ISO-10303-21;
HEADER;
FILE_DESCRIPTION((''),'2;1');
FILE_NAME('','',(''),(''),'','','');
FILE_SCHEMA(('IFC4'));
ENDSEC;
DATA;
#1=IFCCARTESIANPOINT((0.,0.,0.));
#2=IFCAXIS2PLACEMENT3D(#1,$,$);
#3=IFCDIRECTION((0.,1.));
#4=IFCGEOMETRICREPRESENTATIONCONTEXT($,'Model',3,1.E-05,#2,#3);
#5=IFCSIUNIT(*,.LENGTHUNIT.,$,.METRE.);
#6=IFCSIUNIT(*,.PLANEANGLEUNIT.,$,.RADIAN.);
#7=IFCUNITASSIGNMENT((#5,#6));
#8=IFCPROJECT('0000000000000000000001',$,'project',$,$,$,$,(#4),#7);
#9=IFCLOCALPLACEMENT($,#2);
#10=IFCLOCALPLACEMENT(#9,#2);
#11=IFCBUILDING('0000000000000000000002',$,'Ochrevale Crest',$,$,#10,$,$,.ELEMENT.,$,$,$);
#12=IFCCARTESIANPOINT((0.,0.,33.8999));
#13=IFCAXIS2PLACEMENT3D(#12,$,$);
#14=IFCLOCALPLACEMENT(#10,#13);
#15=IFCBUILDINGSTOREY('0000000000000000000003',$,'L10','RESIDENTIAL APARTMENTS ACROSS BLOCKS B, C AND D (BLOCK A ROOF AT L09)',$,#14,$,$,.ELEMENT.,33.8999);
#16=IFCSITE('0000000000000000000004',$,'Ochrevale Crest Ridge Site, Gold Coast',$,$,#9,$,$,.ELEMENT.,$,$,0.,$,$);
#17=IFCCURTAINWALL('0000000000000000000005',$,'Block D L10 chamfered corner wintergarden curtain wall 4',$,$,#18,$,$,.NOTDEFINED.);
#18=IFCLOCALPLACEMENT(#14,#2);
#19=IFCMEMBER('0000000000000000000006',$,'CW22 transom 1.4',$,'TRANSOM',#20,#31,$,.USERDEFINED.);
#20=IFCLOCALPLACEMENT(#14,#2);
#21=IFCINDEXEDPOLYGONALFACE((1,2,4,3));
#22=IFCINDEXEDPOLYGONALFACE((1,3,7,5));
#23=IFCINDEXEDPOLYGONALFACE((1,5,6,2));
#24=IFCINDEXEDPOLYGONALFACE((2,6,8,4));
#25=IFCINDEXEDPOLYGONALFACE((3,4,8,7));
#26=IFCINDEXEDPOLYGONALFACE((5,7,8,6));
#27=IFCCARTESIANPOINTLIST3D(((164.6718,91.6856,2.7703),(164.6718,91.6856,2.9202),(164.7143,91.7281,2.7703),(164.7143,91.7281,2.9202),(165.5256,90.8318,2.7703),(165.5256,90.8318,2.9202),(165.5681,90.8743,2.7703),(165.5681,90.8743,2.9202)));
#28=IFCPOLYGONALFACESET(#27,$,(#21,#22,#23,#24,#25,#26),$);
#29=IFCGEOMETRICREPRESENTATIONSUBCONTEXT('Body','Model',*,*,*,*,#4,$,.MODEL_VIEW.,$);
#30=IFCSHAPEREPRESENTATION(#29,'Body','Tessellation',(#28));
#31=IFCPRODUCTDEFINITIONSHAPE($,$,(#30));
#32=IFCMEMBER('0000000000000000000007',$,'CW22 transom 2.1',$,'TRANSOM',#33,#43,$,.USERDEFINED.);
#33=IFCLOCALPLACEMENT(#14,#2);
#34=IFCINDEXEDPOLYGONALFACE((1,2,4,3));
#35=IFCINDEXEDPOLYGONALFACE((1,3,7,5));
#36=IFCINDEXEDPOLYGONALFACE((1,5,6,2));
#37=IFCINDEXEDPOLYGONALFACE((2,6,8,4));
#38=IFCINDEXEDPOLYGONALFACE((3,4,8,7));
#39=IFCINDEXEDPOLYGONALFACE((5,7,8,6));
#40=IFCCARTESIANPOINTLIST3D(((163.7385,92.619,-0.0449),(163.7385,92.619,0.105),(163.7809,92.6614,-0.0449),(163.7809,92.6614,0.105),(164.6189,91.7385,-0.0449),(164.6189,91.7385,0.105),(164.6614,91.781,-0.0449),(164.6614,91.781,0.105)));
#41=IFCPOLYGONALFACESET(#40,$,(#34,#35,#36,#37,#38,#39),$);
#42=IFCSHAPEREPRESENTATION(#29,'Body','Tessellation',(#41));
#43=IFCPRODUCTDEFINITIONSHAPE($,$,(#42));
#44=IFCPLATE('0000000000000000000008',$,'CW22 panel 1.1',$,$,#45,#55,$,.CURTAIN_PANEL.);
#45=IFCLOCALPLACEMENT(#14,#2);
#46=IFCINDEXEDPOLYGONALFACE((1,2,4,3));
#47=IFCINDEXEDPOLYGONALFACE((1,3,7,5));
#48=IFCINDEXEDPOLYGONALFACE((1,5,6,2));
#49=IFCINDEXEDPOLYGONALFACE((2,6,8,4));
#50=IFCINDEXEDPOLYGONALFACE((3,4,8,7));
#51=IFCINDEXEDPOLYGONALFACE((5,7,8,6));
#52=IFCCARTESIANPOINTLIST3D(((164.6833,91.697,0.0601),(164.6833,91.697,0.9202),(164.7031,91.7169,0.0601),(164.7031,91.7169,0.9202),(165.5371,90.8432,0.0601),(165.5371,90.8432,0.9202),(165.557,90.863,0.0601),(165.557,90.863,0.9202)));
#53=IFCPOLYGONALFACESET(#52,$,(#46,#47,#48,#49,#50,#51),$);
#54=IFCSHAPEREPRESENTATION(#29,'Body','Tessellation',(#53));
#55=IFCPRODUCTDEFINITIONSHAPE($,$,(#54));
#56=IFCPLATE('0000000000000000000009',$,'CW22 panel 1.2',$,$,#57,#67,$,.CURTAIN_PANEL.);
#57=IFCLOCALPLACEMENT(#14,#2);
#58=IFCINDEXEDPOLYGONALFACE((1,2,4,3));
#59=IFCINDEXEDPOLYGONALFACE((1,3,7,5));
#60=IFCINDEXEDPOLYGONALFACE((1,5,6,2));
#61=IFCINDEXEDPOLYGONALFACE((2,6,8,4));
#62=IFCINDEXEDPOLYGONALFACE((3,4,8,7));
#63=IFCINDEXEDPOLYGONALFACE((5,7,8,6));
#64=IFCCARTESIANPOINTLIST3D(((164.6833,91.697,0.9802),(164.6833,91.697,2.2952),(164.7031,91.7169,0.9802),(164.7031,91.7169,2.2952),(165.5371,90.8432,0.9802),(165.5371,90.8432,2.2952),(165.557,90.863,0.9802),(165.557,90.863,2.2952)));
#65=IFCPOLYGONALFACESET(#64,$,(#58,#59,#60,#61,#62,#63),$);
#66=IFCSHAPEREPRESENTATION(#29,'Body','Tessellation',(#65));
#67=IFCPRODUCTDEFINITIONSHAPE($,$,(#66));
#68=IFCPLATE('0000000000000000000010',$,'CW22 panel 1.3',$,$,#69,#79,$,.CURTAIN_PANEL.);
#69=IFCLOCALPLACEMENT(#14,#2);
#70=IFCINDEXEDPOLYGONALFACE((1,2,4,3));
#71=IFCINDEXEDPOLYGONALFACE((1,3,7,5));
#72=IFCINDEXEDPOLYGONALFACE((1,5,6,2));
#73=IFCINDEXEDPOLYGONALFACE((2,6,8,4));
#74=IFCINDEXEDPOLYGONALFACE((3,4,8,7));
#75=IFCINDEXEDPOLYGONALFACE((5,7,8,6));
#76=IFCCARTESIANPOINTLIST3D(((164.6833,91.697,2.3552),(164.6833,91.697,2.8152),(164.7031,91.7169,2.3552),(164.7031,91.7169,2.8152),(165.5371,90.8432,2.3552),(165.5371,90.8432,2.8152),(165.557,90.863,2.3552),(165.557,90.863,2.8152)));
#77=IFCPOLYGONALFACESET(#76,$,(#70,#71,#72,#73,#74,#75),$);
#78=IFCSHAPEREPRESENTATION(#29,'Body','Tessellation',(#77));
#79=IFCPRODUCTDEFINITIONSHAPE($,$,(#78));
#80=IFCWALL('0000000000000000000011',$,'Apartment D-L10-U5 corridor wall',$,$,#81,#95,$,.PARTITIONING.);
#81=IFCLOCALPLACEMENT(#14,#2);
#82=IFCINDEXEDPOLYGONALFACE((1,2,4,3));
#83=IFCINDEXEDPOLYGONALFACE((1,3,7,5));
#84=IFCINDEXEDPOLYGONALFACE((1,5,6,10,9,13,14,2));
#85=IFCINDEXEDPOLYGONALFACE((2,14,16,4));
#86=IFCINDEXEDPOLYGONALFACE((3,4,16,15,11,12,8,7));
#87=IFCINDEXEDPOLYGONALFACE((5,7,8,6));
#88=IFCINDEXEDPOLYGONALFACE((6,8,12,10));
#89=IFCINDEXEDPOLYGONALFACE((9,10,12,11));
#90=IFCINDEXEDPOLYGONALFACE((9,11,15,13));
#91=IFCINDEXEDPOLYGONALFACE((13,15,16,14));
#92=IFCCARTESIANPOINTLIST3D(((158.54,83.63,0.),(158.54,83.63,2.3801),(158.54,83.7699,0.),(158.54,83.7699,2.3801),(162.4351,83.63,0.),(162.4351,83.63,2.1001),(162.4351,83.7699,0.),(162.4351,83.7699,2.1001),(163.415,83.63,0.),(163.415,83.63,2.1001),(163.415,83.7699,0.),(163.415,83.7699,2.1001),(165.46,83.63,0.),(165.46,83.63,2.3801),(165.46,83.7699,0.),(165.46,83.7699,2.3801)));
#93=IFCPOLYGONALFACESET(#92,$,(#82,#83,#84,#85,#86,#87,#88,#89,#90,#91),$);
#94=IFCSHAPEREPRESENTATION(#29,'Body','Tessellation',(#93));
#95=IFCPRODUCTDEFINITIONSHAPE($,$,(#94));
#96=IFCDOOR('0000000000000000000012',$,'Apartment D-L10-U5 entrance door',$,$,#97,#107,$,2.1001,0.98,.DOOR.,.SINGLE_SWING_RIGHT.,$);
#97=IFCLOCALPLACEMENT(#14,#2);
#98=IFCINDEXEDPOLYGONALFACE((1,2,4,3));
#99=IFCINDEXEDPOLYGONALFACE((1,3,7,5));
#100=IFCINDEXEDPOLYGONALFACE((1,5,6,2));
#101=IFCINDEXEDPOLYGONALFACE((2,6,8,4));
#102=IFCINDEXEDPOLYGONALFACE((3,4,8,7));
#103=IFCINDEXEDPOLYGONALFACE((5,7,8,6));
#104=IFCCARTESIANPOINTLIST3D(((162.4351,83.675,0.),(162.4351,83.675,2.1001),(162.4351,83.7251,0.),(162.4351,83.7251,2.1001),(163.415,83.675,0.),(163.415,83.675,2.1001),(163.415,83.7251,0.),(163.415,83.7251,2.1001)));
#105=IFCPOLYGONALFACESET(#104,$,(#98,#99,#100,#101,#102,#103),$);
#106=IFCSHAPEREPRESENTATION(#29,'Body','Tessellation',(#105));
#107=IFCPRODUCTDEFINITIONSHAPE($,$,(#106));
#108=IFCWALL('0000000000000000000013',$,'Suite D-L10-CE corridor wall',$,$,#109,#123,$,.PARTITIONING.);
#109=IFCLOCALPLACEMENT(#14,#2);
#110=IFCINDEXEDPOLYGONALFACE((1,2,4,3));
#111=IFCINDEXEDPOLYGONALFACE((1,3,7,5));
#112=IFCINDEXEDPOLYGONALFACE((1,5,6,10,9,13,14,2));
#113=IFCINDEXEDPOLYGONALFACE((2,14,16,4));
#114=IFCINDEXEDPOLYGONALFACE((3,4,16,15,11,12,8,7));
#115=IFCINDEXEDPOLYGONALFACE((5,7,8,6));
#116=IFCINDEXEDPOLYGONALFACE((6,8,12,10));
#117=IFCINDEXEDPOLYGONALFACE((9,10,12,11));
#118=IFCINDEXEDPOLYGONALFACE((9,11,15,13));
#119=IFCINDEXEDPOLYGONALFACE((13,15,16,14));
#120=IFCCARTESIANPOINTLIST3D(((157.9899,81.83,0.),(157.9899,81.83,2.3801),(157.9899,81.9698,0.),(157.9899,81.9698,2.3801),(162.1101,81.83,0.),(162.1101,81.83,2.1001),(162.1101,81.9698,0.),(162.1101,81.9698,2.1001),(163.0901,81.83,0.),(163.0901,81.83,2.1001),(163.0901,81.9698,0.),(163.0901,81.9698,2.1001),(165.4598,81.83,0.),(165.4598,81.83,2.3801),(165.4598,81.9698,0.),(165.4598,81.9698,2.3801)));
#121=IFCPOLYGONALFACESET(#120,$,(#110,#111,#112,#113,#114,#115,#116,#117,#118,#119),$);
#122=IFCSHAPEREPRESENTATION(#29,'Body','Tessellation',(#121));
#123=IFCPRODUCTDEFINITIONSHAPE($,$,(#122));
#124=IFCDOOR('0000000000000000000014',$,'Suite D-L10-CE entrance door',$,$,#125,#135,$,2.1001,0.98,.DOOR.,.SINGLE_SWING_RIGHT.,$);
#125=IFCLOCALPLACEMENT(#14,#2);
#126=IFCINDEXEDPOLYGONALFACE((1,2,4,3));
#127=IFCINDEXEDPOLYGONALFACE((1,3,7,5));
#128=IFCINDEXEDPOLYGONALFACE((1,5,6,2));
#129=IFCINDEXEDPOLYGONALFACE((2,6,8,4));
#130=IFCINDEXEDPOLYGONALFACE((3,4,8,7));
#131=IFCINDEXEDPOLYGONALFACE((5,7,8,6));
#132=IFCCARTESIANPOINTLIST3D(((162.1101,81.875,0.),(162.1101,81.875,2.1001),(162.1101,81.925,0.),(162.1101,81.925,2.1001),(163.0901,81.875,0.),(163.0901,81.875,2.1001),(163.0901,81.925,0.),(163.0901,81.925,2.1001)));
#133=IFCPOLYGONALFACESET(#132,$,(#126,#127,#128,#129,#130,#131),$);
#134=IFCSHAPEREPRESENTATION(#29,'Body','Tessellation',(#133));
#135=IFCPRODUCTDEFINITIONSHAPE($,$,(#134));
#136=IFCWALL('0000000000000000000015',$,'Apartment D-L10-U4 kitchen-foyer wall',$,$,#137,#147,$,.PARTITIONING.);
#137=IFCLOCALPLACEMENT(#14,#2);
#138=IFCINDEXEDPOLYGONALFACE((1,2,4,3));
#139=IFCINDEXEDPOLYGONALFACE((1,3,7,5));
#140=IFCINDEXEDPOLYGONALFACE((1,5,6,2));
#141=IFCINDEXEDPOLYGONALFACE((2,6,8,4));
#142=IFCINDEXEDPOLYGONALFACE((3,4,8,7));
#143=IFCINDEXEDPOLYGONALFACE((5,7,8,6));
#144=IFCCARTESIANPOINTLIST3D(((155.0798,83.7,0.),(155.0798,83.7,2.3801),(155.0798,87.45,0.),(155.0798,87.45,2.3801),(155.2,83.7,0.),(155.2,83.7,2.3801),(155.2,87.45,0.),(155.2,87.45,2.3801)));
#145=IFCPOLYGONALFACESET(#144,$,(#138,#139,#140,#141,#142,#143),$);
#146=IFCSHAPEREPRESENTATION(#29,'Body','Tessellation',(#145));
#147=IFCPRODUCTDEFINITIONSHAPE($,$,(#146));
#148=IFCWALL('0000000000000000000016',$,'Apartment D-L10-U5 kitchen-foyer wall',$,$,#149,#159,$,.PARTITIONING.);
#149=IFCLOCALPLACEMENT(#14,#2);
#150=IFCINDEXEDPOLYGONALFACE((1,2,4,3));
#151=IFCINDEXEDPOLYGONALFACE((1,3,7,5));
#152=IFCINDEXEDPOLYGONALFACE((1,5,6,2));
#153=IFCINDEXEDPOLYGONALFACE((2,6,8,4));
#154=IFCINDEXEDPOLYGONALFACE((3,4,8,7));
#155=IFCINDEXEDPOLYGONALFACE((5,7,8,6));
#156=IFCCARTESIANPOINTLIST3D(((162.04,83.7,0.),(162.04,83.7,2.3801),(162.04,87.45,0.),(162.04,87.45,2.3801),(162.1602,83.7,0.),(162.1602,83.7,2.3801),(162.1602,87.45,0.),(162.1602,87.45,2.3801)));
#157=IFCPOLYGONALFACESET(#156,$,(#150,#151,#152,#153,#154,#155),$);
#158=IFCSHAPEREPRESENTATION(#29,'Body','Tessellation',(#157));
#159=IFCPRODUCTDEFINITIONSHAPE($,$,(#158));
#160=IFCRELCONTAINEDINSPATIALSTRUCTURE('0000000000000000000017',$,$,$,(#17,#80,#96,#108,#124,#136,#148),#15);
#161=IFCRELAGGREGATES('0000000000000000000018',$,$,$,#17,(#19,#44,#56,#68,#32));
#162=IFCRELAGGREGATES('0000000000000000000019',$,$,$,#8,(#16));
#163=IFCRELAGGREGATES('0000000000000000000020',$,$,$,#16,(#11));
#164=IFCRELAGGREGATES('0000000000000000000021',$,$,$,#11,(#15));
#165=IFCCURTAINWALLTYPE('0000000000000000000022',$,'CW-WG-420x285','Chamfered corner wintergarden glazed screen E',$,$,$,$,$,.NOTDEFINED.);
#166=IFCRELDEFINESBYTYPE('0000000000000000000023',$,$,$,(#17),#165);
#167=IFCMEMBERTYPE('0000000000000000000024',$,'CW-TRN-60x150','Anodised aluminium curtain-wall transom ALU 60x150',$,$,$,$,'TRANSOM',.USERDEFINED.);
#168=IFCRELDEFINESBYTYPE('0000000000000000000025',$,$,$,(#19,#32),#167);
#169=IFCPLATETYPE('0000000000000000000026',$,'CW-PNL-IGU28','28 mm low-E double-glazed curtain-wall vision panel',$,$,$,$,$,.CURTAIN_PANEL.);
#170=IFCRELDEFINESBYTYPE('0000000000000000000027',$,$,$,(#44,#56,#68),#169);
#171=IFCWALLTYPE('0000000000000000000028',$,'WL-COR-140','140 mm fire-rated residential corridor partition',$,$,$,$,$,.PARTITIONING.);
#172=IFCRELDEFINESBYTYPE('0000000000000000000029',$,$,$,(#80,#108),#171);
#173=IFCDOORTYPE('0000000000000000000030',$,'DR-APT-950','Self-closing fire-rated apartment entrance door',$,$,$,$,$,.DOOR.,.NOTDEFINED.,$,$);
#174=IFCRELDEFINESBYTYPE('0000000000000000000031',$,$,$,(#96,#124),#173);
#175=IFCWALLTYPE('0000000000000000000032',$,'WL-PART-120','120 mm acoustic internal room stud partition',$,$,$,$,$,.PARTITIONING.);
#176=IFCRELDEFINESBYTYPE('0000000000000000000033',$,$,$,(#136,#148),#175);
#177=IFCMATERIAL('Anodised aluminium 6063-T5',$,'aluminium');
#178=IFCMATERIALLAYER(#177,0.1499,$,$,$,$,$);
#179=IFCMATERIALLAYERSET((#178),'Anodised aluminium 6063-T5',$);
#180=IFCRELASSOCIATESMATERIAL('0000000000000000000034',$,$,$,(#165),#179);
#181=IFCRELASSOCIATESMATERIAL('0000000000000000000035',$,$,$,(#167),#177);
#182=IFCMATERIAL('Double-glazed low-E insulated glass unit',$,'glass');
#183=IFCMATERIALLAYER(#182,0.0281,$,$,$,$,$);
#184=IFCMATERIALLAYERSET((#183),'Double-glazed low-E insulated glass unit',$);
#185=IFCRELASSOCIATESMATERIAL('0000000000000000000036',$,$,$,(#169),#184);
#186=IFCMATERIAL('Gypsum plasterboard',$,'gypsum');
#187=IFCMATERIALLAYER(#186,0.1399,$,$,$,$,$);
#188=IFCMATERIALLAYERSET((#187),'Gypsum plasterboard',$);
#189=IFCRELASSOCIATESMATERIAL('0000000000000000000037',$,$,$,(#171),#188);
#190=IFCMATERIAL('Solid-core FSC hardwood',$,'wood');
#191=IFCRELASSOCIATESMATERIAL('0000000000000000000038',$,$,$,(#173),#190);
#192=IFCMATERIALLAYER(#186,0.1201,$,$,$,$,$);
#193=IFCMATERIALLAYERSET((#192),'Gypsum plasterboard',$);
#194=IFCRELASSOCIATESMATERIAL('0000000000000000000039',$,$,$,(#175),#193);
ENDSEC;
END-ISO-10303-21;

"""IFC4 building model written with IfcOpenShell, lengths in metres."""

from ifc_helpers import new_model, si_unit, direction, frame, frame_2d, origin, origin_2d, place, context, subcontext, project, spatial, rectangle, extrude, material, layer, layer_set, material_profile, profile_set, type_object, element, fill, aggregate, save


model = new_model("IFC4")

# Units and contexts
model_context = context("Model", 3, precision=1e-05, world=origin(), true_north=direction((0.0, 1.0)))
body_context = subcontext(model_context, "Body", "Model", "MODEL_VIEW")
ifc_project = project(units=[si_unit("LENGTHUNIT", "METRE"), si_unit("PLANEANGLEUNIT", "RADIAN")], contexts=[model_context])

# Site, building, storey
site_placement = place(None, origin())
site = spatial("IfcSite", under=ifc_project, at=site_placement, Name="Ochrevale Crest Ridge Site, Gold Coast", CompositionType="ELEMENT", RefElevation=0.0)
building_placement = place(site_placement, origin())
building = spatial("IfcBuilding", under=site, at=building_placement, Name="Ochrevale Crest", CompositionType="ELEMENT")
storey_placement = place(building_placement, frame((0.0, 0.0, 33.8999)))
storey = spatial("IfcBuildingStorey", under=building, at=storey_placement, Name="L10", Description="RESIDENTIAL APARTMENTS ACROSS BLOCKS B, C AND D (BLOCK A ROOF AT L09)", CompositionType="ELEMENT", Elevation=33.8999)

# Curtain wall, members, plates
ifc_material_1 = material(Name="Anodised aluminium 6063-T5", Category="aluminium")
ifc_layer_1 = layer(ifc_material_1, 0.1499)
ifc_layer_set_1 = layer_set([ifc_layer_1], Name="Anodised aluminium 6063-T5")
curtain_wall_type = type_object("IfcCurtainWallType", Name="CW-WG-420x285", Description="Chamfered corner wintergarden glazed screen E", PredefinedType="NOTDEFINED", material=ifc_layer_set_1)
curtain_wall_placement = place(storey_placement, origin())
curtain_wall = element("IfcCurtainWall", 1, at=curtain_wall_placement, inside=storey, type_object=curtain_wall_type, Name="Block D L10 chamfered corner wintergarden curtain wall 4", PredefinedType="NOTDEFINED")
ifc_material_profile_1 = material_profile(ifc_material_1, rectangle(XDim=0.0601, YDim=0.1499, at=origin_2d()), Name="ALU 60x150")
ifc_profile_set_1 = profile_set([ifc_material_profile_1], Name="Anodised aluminium 6063-T5")
member_type_1 = type_object("IfcMemberType", Name="CW-TRN-60x150", Description="Anodised aluminium curtain-wall transom ALU 60x150", ElementType="TRANSOM", PredefinedType="USERDEFINED", material=ifc_profile_set_1)
member_1_placement = place(storey_placement, frame((165.5469, 90.853, 2.8452), z_axis=(-0.707107, 0.707107, 0.0), x_axis=(-0.707107, -0.707107, 0.0)))
member_1 = element("IfcMember", 2, at=member_1_placement, type_object=member_type_1, Name="CW22 transom 1.4", ObjectType="TRANSOM", PredefinedType="USERDEFINED", context=body_context, shape_type="SweptSolid", body=[
    extrude(rectangle(XDim=0.0601, YDim=0.1499, at=origin_2d()), origin(), (0.0, 0.0, 1.0), 1.2075),
])
member_2_placement = place(storey_placement, frame((164.6401, 91.7598, 0.03), z_axis=(-0.707107, 0.707107, 0.0), x_axis=(-0.707107, -0.707107, 0.0)))
member_2 = element("IfcMember", 3, at=member_2_placement, type_object=member_type_1, Name="CW22 transom 2.1", ObjectType="TRANSOM", PredefinedType="USERDEFINED", context=body_context, shape_type="SweptSolid", body=[
    extrude(rectangle(XDim=0.0601, YDim=0.1499, at=origin_2d()), origin(), (0.0, 0.0, 1.0), 1.2451),
])
ifc_material_2 = material(Name="Double-glazed low-E insulated glass unit", Category="glass")
ifc_layer_2 = layer(ifc_material_2, 0.0281)
ifc_layer_set_2 = layer_set([ifc_layer_2], Name="Double-glazed low-E insulated glass unit")
plate_type = type_object("IfcPlateType", Name="CW-PNL-IGU28", Description="28 mm low-E double-glazed curtain-wall vision panel", PredefinedType="CURTAIN_PANEL", material=ifc_layer_set_2)
plate_1_placement = place(storey_placement, frame((165.1201, 91.28, 0.0601), z_axis=(0.0, 0.0, 1.0), x_axis=(-0.707107, 0.707107, 0.0)))
plate_1 = element("IfcPlate", 4, at=plate_1_placement, type_object=plate_type, Name="CW22 panel 1.1", PredefinedType="CURTAIN_PANEL", context=body_context, shape_type="SweptSolid", body=[
    extrude(rectangle(XDim=1.2075, YDim=0.0281, at=origin_2d()), origin(), (0.0, 0.0, 1.0), 0.8601),
])
plate_2_placement = place(storey_placement, frame((165.1201, 91.28, 0.9802), z_axis=(0.0, 0.0, 1.0), x_axis=(-0.707107, 0.707107, 0.0)))
plate_2 = element("IfcPlate", 5, at=plate_2_placement, type_object=plate_type, Name="CW22 panel 1.2", PredefinedType="CURTAIN_PANEL", context=body_context, shape_type="SweptSolid", body=[
    extrude(rectangle(XDim=1.2075, YDim=0.0281, at=origin_2d()), origin(), (0.0, 0.0, 1.0), 1.3149),
])
plate_3_placement = place(storey_placement, frame((165.1201, 91.28, 2.3552), z_axis=(0.0, 0.0, 1.0), x_axis=(-0.707107, 0.707107, 0.0)))
plate_3 = element("IfcPlate", 6, at=plate_3_placement, type_object=plate_type, Name="CW22 panel 1.3", PredefinedType="CURTAIN_PANEL", context=body_context, shape_type="SweptSolid", body=[
    extrude(rectangle(XDim=1.2075, YDim=0.0281, at=origin_2d()), origin(), (0.0, 0.0, 1.0), 0.46),
])
aggregate(curtain_wall, [member_1, plate_1, plate_2, plate_3, member_2])

# Walls, openings, doors
ifc_material_3 = material(Name="Gypsum plasterboard", Category="gypsum")
ifc_layer_3 = layer(ifc_material_3, 0.1399)
ifc_layer_set_3 = layer_set([ifc_layer_3], Name="Gypsum plasterboard")
wall_type_1 = type_object("IfcWallType", Name="WL-COR-140", Description="140 mm fire-rated residential corridor partition", PredefinedType="PARTITIONING", material=ifc_layer_set_3)
wall_1_placement = place(storey_placement, frame((158.54, 83.7, 0.0), z_axis=(0.0, 0.0, 1.0), x_axis=(1.0, 0.0, 0.0)))
wall_1 = element("IfcWall", 7, at=wall_1_placement, inside=storey, type_object=wall_type_1, Name="Apartment D-L10-U5 corridor wall", PredefinedType="PARTITIONING", context=body_context, shape_type="SweptSolid", body=[
    extrude(rectangle(XDim=6.9199, YDim=0.1399, at=frame_2d((3.46, 0.0))), origin(), (0.0, 0.0, 1.0), 2.3801),
])
opening_1_placement = place(wall_1_placement, frame((4.875, 0.0, 0.0), z_axis=(0.0, 0.0, 1.0), x_axis=(-1.0, 0.0, 0.0)))
opening_1 = element("IfcOpeningElement", 8, at=opening_1_placement, cuts=wall_1, PredefinedType="OPENING", context=body_context, shape_type="SweptSolid", body=[
    extrude(rectangle(XDim=0.98, YDim=2.1001, at=frame_2d((0.49, 1.05))), frame((0.0, 0.0801, 0.0), z_axis=(0.0, -1.0, 0.0), x_axis=(1.0, 0.0, 0.0)), (0.0, 0.0, 1.0), 0.1599),
])
ifc_material_4 = material(Name="Solid-core FSC hardwood", Category="wood")
door_type_1 = type_object("IfcDoorType", Name="DR-APT-950", Description="Self-closing fire-rated apartment entrance door", OperationType="NOTDEFINED", PredefinedType="DOOR", material=ifc_material_4)
door_1_placement = place(opening_1_placement, origin())
door_1 = element("IfcDoor", 9, at=door_1_placement, inside=storey, type_object=door_type_1, Name="Apartment D-L10-U5 entrance door", OperationType="SINGLE_SWING_RIGHT", OverallHeight=2.1001, OverallWidth=0.98, PredefinedType="DOOR", context=body_context, shape_type="SweptSolid", body=[
    extrude(rectangle(XDim=0.98, YDim=2.1001, at=frame_2d((0.49, 1.05))), frame((0.0, 0.0249, 0.0), z_axis=(0.0, -1.0, 0.0), x_axis=(1.0, 0.0, 0.0)), (0.0, 0.0, 1.0), 0.05),
])
fill(opening_1, door_1)
wall_2_placement = place(storey_placement, frame((157.99, 81.8999, 0.0), z_axis=(0.0, 0.0, 1.0), x_axis=(1.0, 0.0, 0.0)))
wall_2 = element("IfcWall", 10, at=wall_2_placement, inside=storey, type_object=wall_type_1, Name="Suite D-L10-CE corridor wall", PredefinedType="PARTITIONING", context=body_context, shape_type="SweptSolid", body=[
    extrude(rectangle(XDim=7.47, YDim=0.1399, at=frame_2d((3.7349, 0.0))), origin(), (0.0, 0.0, 1.0), 2.3801),
])
opening_2_placement = place(wall_2_placement, frame((5.1001, 0.0, 0.0), z_axis=(0.0, 0.0, 1.0), x_axis=(-1.0, 0.0, 0.0)))
opening_2 = element("IfcOpeningElement", 11, at=opening_2_placement, cuts=wall_2, PredefinedType="OPENING", context=body_context, shape_type="SweptSolid", body=[
    extrude(rectangle(XDim=0.98, YDim=2.1001, at=frame_2d((0.49, 1.05))), frame((0.0, 0.0801, 0.0), z_axis=(0.0, -1.0, 0.0), x_axis=(1.0, 0.0, 0.0)), (0.0, 0.0, 1.0), 0.1599),
])
door_2_placement = place(opening_2_placement, origin())
door_2 = element("IfcDoor", 12, at=door_2_placement, inside=storey, type_object=door_type_1, Name="Suite D-L10-CE entrance door", OperationType="SINGLE_SWING_RIGHT", OverallHeight=2.1001, OverallWidth=0.98, PredefinedType="DOOR", context=body_context, shape_type="SweptSolid", body=[
    extrude(rectangle(XDim=0.98, YDim=2.1001, at=frame_2d((0.49, 1.05))), frame((0.0, 0.0249, 0.0), z_axis=(0.0, -1.0, 0.0), x_axis=(1.0, 0.0, 0.0)), (0.0, 0.0, 1.0), 0.05),
])
fill(opening_2, door_2)

# Walls
ifc_layer_4 = layer(ifc_material_3, 0.1201)
ifc_layer_set_4 = layer_set([ifc_layer_4], Name="Gypsum plasterboard")
wall_type_2 = type_object("IfcWallType", Name="WL-PART-120", Description="120 mm acoustic internal room stud partition", PredefinedType="PARTITIONING", material=ifc_layer_set_4)
for number, where, z_axis, x_axis, name in (
    (13, (155.1399, 83.7, 0.0), (0.0, 0.0, 1.0), (0.0, 1.0, 0.0), "Apartment D-L10-U4 kitchen-foyer wall"),
    (14, (162.1001, 83.7, 0.0), (0.0, 0.0, 1.0), (0.0, 1.0, 0.0), "Apartment D-L10-U5 kitchen-foyer wall"),
):
    element("IfcWall", number, at=place(storey_placement, frame(where, z_axis=z_axis, x_axis=x_axis)), inside=storey, type_object=wall_type_2, Name=name, PredefinedType="PARTITIONING", context=body_context, shape_type="SweptSolid", body=[
        extrude(rectangle(XDim=3.75, YDim=0.1201, at=frame_2d((1.875, 0.0))), origin(), (0.0, 0.0, 1.0), 2.3801),
    ])

save(model, "model.ifc")
